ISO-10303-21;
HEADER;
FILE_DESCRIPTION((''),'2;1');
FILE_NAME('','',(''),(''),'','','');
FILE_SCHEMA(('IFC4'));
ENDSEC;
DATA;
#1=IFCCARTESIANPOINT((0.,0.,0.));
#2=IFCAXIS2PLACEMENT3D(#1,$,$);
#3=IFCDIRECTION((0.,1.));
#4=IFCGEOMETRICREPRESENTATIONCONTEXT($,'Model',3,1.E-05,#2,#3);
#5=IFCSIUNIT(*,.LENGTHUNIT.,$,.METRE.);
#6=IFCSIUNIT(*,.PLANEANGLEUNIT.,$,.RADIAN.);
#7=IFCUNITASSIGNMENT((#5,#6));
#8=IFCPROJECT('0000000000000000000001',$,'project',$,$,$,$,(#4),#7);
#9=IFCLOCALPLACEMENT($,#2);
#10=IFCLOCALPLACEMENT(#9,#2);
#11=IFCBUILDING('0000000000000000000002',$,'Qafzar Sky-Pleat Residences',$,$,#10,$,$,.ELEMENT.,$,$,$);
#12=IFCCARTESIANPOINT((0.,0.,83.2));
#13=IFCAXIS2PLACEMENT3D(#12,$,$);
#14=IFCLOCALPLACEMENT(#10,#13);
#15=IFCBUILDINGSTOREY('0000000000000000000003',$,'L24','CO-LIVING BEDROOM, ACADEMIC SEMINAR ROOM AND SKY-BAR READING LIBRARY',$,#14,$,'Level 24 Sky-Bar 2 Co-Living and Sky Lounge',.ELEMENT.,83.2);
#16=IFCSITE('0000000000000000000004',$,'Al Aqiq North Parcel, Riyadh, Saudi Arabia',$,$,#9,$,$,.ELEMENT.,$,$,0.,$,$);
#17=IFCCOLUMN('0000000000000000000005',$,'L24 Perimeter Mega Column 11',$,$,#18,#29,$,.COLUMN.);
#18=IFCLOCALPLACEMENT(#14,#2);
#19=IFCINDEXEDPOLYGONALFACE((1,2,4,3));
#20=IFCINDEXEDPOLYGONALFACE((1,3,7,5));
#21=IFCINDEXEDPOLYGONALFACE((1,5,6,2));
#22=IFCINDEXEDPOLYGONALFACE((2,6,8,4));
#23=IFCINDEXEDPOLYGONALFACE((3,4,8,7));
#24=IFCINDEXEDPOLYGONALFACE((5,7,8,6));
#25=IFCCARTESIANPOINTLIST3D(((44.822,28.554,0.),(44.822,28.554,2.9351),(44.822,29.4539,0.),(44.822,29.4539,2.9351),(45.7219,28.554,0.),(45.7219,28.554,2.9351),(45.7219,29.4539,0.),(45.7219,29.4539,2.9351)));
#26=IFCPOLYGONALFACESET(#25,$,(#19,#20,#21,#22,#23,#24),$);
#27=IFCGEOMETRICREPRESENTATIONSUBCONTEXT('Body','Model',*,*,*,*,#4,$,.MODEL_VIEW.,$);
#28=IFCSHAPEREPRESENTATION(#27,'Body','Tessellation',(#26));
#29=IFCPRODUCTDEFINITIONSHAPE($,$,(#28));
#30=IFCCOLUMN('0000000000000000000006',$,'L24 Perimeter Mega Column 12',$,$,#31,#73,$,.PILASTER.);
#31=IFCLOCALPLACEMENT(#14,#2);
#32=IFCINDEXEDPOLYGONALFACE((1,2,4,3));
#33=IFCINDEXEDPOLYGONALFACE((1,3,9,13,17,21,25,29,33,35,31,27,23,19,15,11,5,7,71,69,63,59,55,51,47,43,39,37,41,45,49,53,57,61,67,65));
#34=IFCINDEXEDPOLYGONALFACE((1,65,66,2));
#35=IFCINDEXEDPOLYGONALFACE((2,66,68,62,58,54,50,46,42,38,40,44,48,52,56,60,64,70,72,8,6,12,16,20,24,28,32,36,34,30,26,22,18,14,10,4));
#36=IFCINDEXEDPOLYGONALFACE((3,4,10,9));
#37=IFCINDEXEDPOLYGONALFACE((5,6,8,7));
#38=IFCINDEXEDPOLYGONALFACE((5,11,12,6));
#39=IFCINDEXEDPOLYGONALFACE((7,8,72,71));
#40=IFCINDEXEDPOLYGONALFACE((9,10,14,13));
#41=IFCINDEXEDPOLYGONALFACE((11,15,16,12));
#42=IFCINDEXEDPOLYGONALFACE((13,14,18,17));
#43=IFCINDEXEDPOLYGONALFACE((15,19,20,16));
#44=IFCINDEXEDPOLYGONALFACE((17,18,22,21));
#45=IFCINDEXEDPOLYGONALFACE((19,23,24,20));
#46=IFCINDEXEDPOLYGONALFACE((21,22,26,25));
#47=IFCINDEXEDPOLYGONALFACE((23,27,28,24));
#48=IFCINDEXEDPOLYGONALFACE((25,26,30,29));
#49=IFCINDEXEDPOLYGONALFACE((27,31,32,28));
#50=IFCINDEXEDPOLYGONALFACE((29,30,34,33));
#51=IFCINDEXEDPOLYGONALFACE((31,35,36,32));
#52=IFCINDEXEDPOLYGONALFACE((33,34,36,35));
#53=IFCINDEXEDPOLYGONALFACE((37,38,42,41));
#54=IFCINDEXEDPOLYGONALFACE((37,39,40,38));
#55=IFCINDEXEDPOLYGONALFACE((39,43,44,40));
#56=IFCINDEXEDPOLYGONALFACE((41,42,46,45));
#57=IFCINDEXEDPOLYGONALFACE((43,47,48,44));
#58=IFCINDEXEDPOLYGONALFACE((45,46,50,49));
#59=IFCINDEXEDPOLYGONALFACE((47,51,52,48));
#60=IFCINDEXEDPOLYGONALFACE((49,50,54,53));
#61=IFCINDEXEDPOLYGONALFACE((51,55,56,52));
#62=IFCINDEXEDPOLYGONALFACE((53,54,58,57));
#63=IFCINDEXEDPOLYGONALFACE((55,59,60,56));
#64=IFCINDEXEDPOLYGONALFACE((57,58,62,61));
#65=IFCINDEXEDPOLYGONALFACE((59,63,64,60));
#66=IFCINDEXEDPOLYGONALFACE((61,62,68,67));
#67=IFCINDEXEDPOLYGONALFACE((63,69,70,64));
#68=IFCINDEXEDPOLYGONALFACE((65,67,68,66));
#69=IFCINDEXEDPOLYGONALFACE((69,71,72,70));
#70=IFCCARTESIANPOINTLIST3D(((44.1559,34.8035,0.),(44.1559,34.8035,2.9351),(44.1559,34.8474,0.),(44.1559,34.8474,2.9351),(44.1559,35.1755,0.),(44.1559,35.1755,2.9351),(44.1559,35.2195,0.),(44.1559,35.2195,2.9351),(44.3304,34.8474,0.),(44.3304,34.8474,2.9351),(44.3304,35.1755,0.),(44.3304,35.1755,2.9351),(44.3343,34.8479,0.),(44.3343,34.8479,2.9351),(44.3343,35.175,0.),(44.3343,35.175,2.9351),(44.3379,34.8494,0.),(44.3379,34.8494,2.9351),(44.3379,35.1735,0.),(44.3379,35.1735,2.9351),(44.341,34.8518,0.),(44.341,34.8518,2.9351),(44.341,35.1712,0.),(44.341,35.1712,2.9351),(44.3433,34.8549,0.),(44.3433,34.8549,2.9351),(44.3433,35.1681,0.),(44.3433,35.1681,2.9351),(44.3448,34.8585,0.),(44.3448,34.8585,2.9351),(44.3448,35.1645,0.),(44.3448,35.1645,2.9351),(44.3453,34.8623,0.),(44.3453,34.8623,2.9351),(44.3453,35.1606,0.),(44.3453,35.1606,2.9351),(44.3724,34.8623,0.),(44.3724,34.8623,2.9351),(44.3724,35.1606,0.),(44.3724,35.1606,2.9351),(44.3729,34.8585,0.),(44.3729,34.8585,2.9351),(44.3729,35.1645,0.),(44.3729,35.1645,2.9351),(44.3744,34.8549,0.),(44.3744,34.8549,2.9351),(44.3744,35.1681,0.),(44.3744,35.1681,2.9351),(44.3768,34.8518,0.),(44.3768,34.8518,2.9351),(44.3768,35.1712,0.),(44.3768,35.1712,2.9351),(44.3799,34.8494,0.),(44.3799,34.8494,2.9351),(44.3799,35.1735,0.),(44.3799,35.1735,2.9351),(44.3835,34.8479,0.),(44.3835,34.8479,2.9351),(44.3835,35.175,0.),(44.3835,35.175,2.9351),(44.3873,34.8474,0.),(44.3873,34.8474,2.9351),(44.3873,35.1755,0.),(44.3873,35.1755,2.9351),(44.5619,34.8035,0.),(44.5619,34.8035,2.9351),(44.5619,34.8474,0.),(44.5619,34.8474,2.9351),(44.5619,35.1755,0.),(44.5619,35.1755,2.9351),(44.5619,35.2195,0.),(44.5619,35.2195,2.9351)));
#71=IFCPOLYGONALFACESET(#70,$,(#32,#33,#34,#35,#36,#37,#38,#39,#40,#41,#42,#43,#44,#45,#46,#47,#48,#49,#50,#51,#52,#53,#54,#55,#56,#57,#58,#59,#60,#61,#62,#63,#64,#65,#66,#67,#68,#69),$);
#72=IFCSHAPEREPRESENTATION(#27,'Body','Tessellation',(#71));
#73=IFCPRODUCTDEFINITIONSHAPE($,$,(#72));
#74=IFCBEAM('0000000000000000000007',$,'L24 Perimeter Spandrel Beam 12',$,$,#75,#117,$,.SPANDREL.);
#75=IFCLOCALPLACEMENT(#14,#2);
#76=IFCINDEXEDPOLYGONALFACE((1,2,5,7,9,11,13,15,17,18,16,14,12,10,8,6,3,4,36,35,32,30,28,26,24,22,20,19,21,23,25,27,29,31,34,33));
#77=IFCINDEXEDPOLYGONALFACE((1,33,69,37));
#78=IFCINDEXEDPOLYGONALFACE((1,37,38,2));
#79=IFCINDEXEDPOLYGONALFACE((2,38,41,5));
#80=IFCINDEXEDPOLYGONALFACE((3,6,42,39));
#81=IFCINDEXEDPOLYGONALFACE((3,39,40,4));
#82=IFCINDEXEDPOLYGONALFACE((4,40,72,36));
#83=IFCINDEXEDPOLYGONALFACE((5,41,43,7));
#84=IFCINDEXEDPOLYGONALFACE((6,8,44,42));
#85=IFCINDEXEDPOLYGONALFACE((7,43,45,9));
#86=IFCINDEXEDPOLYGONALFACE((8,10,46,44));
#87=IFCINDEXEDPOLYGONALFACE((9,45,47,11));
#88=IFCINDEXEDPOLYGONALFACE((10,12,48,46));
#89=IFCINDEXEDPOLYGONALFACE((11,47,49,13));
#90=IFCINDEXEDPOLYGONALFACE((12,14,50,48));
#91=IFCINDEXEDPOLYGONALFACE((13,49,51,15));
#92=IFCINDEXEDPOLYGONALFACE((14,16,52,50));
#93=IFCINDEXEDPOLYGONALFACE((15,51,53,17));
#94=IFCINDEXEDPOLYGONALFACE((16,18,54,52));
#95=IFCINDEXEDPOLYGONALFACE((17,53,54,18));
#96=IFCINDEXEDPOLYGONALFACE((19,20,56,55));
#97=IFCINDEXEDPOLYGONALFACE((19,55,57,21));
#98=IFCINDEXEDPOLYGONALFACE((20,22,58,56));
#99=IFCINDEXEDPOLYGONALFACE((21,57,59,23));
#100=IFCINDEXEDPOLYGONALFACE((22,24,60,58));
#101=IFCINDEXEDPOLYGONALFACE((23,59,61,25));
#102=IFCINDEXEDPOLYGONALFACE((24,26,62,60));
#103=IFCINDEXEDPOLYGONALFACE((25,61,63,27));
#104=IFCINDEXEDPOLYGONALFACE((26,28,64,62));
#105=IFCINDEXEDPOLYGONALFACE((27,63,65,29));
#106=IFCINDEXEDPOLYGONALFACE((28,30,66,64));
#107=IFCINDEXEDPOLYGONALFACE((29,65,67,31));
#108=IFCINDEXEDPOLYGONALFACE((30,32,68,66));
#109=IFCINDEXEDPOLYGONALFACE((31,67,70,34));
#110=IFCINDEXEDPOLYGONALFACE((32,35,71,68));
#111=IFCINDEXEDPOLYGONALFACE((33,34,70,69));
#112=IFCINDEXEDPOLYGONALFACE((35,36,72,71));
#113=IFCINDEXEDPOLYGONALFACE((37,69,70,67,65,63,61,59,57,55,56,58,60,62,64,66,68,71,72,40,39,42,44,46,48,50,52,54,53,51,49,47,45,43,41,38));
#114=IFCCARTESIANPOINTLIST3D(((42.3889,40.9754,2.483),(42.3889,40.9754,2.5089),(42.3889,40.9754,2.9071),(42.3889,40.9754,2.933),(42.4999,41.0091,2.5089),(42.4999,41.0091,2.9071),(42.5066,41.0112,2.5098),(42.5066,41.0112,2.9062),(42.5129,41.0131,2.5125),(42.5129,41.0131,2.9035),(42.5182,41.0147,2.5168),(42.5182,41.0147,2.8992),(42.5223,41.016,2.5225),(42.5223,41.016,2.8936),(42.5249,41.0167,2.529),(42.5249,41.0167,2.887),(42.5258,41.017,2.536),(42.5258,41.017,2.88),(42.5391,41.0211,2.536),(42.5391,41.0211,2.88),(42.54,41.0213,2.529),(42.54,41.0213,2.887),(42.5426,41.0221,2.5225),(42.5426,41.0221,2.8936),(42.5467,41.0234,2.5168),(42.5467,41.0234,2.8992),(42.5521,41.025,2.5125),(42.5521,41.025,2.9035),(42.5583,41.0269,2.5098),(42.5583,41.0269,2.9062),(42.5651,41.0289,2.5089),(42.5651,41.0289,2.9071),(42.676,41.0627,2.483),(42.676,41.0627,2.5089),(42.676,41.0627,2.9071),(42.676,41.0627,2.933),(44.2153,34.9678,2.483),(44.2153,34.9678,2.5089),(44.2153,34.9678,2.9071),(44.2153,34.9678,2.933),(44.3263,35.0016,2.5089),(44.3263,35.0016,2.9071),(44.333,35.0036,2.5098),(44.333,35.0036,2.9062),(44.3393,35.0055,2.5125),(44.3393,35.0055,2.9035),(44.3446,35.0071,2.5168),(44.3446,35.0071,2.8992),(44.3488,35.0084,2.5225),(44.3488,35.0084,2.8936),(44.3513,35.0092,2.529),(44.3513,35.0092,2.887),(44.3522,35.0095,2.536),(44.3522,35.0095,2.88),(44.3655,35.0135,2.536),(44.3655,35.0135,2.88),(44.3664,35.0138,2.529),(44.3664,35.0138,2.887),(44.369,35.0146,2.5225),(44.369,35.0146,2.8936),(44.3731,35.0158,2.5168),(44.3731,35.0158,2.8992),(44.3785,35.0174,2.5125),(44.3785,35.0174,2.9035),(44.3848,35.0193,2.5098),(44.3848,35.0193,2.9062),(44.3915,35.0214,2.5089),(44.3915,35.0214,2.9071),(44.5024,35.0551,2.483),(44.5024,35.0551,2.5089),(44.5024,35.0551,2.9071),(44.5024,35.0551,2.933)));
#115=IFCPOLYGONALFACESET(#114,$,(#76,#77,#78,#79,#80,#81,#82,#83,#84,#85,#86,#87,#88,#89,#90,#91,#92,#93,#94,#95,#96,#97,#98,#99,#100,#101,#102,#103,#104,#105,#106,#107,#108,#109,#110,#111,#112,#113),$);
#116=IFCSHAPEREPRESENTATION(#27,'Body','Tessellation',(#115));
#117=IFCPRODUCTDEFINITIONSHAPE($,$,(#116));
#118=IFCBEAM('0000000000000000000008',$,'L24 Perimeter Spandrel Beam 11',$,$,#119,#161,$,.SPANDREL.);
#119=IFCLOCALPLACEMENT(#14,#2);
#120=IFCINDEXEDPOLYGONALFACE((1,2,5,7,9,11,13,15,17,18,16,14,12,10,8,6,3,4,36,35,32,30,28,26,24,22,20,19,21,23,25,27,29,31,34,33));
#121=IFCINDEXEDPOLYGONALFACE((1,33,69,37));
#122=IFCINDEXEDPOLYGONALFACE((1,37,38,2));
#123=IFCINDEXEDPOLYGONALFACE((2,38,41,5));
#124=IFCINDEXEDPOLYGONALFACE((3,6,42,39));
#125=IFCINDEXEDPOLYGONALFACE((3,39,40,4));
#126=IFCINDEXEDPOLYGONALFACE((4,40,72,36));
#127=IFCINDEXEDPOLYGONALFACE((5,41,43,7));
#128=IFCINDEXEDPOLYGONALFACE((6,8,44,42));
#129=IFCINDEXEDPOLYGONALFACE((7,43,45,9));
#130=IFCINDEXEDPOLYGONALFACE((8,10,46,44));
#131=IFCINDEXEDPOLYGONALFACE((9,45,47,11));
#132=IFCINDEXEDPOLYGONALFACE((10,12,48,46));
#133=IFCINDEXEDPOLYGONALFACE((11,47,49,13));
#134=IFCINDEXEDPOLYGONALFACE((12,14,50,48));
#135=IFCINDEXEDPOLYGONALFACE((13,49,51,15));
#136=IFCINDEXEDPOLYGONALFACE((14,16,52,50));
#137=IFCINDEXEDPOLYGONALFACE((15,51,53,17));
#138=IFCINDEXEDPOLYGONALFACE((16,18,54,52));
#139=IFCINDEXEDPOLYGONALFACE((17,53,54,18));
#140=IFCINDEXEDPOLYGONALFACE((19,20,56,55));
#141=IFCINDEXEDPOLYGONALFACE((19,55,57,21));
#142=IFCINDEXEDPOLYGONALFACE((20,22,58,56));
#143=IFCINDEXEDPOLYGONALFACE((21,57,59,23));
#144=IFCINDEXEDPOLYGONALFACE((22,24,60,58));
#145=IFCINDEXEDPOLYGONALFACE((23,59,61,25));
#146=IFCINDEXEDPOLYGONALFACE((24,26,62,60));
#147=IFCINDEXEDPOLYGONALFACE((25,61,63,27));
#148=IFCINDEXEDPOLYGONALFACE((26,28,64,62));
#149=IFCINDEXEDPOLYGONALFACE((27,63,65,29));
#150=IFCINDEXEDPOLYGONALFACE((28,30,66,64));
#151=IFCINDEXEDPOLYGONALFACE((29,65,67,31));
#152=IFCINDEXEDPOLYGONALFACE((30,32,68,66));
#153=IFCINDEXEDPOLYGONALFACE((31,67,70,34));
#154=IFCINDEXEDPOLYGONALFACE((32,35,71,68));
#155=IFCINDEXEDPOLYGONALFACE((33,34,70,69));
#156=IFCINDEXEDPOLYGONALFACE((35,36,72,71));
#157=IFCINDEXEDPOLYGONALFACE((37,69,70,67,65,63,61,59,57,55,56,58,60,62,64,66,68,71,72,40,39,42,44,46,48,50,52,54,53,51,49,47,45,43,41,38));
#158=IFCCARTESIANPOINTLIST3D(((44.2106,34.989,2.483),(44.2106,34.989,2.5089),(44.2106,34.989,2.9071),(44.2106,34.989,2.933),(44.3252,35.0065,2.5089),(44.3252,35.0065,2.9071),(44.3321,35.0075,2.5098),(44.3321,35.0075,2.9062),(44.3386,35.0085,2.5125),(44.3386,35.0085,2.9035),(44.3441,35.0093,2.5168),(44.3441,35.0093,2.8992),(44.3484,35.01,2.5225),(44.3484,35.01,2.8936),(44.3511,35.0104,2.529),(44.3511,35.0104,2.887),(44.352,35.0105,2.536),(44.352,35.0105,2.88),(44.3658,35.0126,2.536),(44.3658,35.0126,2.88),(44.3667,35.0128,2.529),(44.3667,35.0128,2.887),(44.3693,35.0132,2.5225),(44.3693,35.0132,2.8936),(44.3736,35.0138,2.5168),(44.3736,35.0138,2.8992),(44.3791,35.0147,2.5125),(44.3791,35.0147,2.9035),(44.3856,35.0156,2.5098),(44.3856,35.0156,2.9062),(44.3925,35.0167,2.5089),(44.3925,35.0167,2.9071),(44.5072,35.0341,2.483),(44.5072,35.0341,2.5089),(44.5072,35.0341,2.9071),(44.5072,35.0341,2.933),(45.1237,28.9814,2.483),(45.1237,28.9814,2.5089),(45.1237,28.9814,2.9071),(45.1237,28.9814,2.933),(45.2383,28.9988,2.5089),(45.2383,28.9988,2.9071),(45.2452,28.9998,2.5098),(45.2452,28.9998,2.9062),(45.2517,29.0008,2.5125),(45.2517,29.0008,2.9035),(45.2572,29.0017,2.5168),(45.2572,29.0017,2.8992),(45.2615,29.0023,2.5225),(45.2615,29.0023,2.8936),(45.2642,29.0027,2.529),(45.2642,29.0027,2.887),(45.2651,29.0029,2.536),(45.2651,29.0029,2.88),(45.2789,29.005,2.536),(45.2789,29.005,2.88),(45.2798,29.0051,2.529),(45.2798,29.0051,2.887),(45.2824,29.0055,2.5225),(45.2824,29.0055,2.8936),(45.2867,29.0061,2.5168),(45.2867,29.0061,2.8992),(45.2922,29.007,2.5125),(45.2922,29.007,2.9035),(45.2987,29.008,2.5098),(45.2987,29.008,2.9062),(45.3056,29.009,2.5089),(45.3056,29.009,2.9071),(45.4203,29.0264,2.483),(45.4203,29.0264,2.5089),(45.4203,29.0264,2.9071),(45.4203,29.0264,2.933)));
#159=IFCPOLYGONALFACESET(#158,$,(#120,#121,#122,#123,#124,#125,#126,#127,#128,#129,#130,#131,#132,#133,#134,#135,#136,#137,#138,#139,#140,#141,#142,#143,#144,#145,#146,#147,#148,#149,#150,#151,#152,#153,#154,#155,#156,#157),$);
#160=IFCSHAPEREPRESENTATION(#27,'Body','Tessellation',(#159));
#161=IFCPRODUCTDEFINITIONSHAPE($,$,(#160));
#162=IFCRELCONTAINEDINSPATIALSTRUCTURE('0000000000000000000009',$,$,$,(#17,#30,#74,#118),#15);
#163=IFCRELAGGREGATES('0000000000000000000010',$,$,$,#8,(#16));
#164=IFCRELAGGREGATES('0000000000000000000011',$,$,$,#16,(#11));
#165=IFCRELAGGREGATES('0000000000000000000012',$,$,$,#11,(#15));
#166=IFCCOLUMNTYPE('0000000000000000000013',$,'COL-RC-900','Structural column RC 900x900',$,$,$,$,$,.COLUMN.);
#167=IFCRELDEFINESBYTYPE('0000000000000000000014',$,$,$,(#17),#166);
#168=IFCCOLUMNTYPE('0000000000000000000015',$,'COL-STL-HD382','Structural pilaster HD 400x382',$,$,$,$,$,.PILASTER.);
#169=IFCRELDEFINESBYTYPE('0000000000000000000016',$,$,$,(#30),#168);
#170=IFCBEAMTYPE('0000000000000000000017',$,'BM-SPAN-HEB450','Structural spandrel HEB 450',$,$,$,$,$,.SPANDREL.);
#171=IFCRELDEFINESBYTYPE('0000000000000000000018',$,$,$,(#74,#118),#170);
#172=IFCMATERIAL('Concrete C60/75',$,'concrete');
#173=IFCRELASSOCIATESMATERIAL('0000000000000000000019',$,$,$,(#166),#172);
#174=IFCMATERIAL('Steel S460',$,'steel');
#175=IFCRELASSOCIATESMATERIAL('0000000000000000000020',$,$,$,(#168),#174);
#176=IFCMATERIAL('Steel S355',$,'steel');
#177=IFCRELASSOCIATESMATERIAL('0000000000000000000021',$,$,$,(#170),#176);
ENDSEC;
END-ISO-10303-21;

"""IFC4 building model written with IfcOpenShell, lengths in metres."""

from ifc_helpers import new_model, si_unit, direction, frame, origin, origin_2d, place, context, subcontext, project, spatial, rectangle, i_section, extrude, source, transform, mapped, material, material_profile, profile_set, type_object, element, save


model = new_model("IFC4")

# Units and contexts
model_context = context("Model", 3, precision=1e-05, world=origin(), true_north=direction((0.0, 1.0)))
body_context = subcontext(model_context, "Body", "Model", "MODEL_VIEW")
ifc_project = project(units=[si_unit("LENGTHUNIT", "METRE"), si_unit("PLANEANGLEUNIT", "RADIAN")], contexts=[model_context])

# Site, building, storey
site_placement = place(None, origin())
site = spatial("IfcSite", under=ifc_project, at=site_placement, Name="Al Aqiq North Parcel, Riyadh, Saudi Arabia", CompositionType="ELEMENT", RefElevation=0.0)
building_placement = place(site_placement, origin())
building = spatial("IfcBuilding", under=site, at=building_placement, Name="Qafzar Sky-Pleat Residences", CompositionType="ELEMENT")
storey_placement = place(building_placement, frame((0.0, 0.0, 83.2)))
storey = spatial("IfcBuildingStorey", under=building, at=storey_placement, Name="L24", Description="CO-LIVING BEDROOM, ACADEMIC SEMINAR ROOM AND SKY-BAR READING LIBRARY", LongName="Level 24 Sky-Bar 2 Co-Living and Sky Lounge", CompositionType="ELEMENT", Elevation=83.2)

# Columns
ifc_material_1 = material(Name="Concrete C60/75", Category="concrete")
ifc_material_profile_1 = material_profile(ifc_material_1, rectangle(XDim=0.8999, YDim=0.8999, at=origin_2d()), Name="RC 900x900")
ifc_profile_set_1 = profile_set([ifc_material_profile_1], Name="Concrete C60/75")
column_type_1 = type_object("IfcColumnType", Name="COL-RC-900", Description="Structural column RC 900x900", PredefinedType="COLUMN", material=ifc_profile_set_1)
shared_shape_1 = source(origin(), body_context, "Body", "SweptSolid", [
    extrude(rectangle(XDim=0.8999, YDim=0.8999, at=origin_2d()), origin(), (0.0, 0.0, 1.0), 2.9351),
])
column_1_placement = place(storey_placement, frame((45.272, 29.0039, 0.0), z_axis=(0.0, 0.0, 1.0), x_axis=(1.0, 0.0, 0.0)))
element("IfcColumn", 1, at=column_1_placement, inside=storey, type_object=column_type_1, Name="L24 Perimeter Mega Column 11", PredefinedType="COLUMN", context=body_context, shape_type="MappedRepresentation", body=[
    mapped(shared_shape_1, transform((0.0, 0.0, 0.0), x_axis=(1.0, 0.0, 0.0), y_axis=(0.0, 1.0, 0.0), z_axis=(0.0, 0.0, 1.0), scale=1.0)),
])
ifc_material_2 = material(Name="Steel S460", Category="steel")
ifc_material_profile_2 = material_profile(ifc_material_2, i_section(OverallWidth=0.406, OverallDepth=0.416, WebThickness=0.0271, FlangeThickness=0.0439, FilletRadius=0.0149, at=origin_2d()), Name="HD 400x382")
ifc_profile_set_2 = profile_set([ifc_material_profile_2], Name="Steel S460")
column_type_2 = type_object("IfcColumnType", Name="COL-STL-HD382", Description="Structural pilaster HD 400x382", PredefinedType="PILASTER", material=ifc_profile_set_2)
shared_shape_2 = source(origin(), body_context, "Body", "SweptSolid", [
    extrude(i_section(OverallWidth=0.406, OverallDepth=0.416, WebThickness=0.0271, FlangeThickness=0.0439, FilletRadius=0.0149, at=origin_2d()), origin(), (0.0, 0.0, 1.0), 2.9351),
])
column_2_placement = place(storey_placement, frame((44.3589, 35.0115, 0.0), z_axis=(0.0, 0.0, 1.0), x_axis=(1.0, 0.0, 0.0)))
element("IfcColumn", 2, at=column_2_placement, inside=storey, type_object=column_type_2, Name="L24 Perimeter Mega Column 12", PredefinedType="PILASTER", context=body_context, shape_type="MappedRepresentation", body=[
    mapped(shared_shape_2, transform((0.0, 0.0, 0.0), x_axis=(1.0, 0.0, 0.0), y_axis=(0.0, 1.0, 0.0), z_axis=(0.0, 0.0, 1.0), scale=1.0)),
])

# Beams
ifc_material_3 = material(Name="Steel S355", Category="steel")
ifc_material_profile_3 = material_profile(ifc_material_3, i_section(OverallWidth=0.3, OverallDepth=0.45, WebThickness=0.0139, FlangeThickness=0.0259, FilletRadius=0.0271, at=origin_2d()), Name="HEB 450")
ifc_profile_set_3 = profile_set([ifc_material_profile_3], Name="Steel S355")
beam_type_1 = type_object("IfcBeamType", Name="BM-SPAN-HEB450", Description="Structural spandrel HEB 450", PredefinedType="SPANDREL", material=ifc_profile_set_3)
shared_shape_3 = source(origin(), body_context, "Body", "SweptSolid", [
    extrude(i_section(OverallWidth=0.3, OverallDepth=0.45, WebThickness=0.0139, FlangeThickness=0.0259, FilletRadius=0.0271, at=origin_2d()), origin(), (0.0, 0.0, 1.0), 6.2791),
])
beam_1_placement = place(storey_placement, frame((44.3589, 35.0115, 2.708), z_axis=(-0.290874, 0.956761, 0.0), x_axis=(-0.956761, -0.290874, 0.0)))
element("IfcBeam", 3, at=beam_1_placement, inside=storey, type_object=beam_type_1, Name="L24 Perimeter Spandrel Beam 12", PredefinedType="SPANDREL", context=body_context, shape_type="MappedRepresentation", body=[
    mapped(shared_shape_3, transform((0.0, 0.0, 0.0), x_axis=(1.0, 0.0, 0.0), y_axis=(0.0, 1.0, 0.0), z_axis=(0.0, 0.0, 1.0), scale=1.0)),
])
shared_shape_4 = source(origin(), body_context, "Body", "SweptSolid", [
    extrude(i_section(OverallWidth=0.3, OverallDepth=0.45, WebThickness=0.0139, FlangeThickness=0.0259, FilletRadius=0.0271, at=origin_2d()), origin(), (0.0, 0.0, 1.0), 6.0767),
])
beam_2_placement = place(storey_placement, frame((45.272, 29.0039, 2.708), z_axis=(-0.150264, 0.988646, 0.0), x_axis=(-0.988646, -0.150264, 0.0)))
element("IfcBeam", 4, at=beam_2_placement, inside=storey, type_object=beam_type_1, Name="L24 Perimeter Spandrel Beam 11", PredefinedType="SPANDREL", context=body_context, shape_type="MappedRepresentation", body=[
    mapped(shared_shape_4, transform((0.0, 0.0, 0.0), x_axis=(1.0, 0.0, 0.0), y_axis=(0.0, 1.0, 0.0), z_axis=(0.0, 0.0, 1.0), scale=1.0)),
])

save(model, "model.ifc")
